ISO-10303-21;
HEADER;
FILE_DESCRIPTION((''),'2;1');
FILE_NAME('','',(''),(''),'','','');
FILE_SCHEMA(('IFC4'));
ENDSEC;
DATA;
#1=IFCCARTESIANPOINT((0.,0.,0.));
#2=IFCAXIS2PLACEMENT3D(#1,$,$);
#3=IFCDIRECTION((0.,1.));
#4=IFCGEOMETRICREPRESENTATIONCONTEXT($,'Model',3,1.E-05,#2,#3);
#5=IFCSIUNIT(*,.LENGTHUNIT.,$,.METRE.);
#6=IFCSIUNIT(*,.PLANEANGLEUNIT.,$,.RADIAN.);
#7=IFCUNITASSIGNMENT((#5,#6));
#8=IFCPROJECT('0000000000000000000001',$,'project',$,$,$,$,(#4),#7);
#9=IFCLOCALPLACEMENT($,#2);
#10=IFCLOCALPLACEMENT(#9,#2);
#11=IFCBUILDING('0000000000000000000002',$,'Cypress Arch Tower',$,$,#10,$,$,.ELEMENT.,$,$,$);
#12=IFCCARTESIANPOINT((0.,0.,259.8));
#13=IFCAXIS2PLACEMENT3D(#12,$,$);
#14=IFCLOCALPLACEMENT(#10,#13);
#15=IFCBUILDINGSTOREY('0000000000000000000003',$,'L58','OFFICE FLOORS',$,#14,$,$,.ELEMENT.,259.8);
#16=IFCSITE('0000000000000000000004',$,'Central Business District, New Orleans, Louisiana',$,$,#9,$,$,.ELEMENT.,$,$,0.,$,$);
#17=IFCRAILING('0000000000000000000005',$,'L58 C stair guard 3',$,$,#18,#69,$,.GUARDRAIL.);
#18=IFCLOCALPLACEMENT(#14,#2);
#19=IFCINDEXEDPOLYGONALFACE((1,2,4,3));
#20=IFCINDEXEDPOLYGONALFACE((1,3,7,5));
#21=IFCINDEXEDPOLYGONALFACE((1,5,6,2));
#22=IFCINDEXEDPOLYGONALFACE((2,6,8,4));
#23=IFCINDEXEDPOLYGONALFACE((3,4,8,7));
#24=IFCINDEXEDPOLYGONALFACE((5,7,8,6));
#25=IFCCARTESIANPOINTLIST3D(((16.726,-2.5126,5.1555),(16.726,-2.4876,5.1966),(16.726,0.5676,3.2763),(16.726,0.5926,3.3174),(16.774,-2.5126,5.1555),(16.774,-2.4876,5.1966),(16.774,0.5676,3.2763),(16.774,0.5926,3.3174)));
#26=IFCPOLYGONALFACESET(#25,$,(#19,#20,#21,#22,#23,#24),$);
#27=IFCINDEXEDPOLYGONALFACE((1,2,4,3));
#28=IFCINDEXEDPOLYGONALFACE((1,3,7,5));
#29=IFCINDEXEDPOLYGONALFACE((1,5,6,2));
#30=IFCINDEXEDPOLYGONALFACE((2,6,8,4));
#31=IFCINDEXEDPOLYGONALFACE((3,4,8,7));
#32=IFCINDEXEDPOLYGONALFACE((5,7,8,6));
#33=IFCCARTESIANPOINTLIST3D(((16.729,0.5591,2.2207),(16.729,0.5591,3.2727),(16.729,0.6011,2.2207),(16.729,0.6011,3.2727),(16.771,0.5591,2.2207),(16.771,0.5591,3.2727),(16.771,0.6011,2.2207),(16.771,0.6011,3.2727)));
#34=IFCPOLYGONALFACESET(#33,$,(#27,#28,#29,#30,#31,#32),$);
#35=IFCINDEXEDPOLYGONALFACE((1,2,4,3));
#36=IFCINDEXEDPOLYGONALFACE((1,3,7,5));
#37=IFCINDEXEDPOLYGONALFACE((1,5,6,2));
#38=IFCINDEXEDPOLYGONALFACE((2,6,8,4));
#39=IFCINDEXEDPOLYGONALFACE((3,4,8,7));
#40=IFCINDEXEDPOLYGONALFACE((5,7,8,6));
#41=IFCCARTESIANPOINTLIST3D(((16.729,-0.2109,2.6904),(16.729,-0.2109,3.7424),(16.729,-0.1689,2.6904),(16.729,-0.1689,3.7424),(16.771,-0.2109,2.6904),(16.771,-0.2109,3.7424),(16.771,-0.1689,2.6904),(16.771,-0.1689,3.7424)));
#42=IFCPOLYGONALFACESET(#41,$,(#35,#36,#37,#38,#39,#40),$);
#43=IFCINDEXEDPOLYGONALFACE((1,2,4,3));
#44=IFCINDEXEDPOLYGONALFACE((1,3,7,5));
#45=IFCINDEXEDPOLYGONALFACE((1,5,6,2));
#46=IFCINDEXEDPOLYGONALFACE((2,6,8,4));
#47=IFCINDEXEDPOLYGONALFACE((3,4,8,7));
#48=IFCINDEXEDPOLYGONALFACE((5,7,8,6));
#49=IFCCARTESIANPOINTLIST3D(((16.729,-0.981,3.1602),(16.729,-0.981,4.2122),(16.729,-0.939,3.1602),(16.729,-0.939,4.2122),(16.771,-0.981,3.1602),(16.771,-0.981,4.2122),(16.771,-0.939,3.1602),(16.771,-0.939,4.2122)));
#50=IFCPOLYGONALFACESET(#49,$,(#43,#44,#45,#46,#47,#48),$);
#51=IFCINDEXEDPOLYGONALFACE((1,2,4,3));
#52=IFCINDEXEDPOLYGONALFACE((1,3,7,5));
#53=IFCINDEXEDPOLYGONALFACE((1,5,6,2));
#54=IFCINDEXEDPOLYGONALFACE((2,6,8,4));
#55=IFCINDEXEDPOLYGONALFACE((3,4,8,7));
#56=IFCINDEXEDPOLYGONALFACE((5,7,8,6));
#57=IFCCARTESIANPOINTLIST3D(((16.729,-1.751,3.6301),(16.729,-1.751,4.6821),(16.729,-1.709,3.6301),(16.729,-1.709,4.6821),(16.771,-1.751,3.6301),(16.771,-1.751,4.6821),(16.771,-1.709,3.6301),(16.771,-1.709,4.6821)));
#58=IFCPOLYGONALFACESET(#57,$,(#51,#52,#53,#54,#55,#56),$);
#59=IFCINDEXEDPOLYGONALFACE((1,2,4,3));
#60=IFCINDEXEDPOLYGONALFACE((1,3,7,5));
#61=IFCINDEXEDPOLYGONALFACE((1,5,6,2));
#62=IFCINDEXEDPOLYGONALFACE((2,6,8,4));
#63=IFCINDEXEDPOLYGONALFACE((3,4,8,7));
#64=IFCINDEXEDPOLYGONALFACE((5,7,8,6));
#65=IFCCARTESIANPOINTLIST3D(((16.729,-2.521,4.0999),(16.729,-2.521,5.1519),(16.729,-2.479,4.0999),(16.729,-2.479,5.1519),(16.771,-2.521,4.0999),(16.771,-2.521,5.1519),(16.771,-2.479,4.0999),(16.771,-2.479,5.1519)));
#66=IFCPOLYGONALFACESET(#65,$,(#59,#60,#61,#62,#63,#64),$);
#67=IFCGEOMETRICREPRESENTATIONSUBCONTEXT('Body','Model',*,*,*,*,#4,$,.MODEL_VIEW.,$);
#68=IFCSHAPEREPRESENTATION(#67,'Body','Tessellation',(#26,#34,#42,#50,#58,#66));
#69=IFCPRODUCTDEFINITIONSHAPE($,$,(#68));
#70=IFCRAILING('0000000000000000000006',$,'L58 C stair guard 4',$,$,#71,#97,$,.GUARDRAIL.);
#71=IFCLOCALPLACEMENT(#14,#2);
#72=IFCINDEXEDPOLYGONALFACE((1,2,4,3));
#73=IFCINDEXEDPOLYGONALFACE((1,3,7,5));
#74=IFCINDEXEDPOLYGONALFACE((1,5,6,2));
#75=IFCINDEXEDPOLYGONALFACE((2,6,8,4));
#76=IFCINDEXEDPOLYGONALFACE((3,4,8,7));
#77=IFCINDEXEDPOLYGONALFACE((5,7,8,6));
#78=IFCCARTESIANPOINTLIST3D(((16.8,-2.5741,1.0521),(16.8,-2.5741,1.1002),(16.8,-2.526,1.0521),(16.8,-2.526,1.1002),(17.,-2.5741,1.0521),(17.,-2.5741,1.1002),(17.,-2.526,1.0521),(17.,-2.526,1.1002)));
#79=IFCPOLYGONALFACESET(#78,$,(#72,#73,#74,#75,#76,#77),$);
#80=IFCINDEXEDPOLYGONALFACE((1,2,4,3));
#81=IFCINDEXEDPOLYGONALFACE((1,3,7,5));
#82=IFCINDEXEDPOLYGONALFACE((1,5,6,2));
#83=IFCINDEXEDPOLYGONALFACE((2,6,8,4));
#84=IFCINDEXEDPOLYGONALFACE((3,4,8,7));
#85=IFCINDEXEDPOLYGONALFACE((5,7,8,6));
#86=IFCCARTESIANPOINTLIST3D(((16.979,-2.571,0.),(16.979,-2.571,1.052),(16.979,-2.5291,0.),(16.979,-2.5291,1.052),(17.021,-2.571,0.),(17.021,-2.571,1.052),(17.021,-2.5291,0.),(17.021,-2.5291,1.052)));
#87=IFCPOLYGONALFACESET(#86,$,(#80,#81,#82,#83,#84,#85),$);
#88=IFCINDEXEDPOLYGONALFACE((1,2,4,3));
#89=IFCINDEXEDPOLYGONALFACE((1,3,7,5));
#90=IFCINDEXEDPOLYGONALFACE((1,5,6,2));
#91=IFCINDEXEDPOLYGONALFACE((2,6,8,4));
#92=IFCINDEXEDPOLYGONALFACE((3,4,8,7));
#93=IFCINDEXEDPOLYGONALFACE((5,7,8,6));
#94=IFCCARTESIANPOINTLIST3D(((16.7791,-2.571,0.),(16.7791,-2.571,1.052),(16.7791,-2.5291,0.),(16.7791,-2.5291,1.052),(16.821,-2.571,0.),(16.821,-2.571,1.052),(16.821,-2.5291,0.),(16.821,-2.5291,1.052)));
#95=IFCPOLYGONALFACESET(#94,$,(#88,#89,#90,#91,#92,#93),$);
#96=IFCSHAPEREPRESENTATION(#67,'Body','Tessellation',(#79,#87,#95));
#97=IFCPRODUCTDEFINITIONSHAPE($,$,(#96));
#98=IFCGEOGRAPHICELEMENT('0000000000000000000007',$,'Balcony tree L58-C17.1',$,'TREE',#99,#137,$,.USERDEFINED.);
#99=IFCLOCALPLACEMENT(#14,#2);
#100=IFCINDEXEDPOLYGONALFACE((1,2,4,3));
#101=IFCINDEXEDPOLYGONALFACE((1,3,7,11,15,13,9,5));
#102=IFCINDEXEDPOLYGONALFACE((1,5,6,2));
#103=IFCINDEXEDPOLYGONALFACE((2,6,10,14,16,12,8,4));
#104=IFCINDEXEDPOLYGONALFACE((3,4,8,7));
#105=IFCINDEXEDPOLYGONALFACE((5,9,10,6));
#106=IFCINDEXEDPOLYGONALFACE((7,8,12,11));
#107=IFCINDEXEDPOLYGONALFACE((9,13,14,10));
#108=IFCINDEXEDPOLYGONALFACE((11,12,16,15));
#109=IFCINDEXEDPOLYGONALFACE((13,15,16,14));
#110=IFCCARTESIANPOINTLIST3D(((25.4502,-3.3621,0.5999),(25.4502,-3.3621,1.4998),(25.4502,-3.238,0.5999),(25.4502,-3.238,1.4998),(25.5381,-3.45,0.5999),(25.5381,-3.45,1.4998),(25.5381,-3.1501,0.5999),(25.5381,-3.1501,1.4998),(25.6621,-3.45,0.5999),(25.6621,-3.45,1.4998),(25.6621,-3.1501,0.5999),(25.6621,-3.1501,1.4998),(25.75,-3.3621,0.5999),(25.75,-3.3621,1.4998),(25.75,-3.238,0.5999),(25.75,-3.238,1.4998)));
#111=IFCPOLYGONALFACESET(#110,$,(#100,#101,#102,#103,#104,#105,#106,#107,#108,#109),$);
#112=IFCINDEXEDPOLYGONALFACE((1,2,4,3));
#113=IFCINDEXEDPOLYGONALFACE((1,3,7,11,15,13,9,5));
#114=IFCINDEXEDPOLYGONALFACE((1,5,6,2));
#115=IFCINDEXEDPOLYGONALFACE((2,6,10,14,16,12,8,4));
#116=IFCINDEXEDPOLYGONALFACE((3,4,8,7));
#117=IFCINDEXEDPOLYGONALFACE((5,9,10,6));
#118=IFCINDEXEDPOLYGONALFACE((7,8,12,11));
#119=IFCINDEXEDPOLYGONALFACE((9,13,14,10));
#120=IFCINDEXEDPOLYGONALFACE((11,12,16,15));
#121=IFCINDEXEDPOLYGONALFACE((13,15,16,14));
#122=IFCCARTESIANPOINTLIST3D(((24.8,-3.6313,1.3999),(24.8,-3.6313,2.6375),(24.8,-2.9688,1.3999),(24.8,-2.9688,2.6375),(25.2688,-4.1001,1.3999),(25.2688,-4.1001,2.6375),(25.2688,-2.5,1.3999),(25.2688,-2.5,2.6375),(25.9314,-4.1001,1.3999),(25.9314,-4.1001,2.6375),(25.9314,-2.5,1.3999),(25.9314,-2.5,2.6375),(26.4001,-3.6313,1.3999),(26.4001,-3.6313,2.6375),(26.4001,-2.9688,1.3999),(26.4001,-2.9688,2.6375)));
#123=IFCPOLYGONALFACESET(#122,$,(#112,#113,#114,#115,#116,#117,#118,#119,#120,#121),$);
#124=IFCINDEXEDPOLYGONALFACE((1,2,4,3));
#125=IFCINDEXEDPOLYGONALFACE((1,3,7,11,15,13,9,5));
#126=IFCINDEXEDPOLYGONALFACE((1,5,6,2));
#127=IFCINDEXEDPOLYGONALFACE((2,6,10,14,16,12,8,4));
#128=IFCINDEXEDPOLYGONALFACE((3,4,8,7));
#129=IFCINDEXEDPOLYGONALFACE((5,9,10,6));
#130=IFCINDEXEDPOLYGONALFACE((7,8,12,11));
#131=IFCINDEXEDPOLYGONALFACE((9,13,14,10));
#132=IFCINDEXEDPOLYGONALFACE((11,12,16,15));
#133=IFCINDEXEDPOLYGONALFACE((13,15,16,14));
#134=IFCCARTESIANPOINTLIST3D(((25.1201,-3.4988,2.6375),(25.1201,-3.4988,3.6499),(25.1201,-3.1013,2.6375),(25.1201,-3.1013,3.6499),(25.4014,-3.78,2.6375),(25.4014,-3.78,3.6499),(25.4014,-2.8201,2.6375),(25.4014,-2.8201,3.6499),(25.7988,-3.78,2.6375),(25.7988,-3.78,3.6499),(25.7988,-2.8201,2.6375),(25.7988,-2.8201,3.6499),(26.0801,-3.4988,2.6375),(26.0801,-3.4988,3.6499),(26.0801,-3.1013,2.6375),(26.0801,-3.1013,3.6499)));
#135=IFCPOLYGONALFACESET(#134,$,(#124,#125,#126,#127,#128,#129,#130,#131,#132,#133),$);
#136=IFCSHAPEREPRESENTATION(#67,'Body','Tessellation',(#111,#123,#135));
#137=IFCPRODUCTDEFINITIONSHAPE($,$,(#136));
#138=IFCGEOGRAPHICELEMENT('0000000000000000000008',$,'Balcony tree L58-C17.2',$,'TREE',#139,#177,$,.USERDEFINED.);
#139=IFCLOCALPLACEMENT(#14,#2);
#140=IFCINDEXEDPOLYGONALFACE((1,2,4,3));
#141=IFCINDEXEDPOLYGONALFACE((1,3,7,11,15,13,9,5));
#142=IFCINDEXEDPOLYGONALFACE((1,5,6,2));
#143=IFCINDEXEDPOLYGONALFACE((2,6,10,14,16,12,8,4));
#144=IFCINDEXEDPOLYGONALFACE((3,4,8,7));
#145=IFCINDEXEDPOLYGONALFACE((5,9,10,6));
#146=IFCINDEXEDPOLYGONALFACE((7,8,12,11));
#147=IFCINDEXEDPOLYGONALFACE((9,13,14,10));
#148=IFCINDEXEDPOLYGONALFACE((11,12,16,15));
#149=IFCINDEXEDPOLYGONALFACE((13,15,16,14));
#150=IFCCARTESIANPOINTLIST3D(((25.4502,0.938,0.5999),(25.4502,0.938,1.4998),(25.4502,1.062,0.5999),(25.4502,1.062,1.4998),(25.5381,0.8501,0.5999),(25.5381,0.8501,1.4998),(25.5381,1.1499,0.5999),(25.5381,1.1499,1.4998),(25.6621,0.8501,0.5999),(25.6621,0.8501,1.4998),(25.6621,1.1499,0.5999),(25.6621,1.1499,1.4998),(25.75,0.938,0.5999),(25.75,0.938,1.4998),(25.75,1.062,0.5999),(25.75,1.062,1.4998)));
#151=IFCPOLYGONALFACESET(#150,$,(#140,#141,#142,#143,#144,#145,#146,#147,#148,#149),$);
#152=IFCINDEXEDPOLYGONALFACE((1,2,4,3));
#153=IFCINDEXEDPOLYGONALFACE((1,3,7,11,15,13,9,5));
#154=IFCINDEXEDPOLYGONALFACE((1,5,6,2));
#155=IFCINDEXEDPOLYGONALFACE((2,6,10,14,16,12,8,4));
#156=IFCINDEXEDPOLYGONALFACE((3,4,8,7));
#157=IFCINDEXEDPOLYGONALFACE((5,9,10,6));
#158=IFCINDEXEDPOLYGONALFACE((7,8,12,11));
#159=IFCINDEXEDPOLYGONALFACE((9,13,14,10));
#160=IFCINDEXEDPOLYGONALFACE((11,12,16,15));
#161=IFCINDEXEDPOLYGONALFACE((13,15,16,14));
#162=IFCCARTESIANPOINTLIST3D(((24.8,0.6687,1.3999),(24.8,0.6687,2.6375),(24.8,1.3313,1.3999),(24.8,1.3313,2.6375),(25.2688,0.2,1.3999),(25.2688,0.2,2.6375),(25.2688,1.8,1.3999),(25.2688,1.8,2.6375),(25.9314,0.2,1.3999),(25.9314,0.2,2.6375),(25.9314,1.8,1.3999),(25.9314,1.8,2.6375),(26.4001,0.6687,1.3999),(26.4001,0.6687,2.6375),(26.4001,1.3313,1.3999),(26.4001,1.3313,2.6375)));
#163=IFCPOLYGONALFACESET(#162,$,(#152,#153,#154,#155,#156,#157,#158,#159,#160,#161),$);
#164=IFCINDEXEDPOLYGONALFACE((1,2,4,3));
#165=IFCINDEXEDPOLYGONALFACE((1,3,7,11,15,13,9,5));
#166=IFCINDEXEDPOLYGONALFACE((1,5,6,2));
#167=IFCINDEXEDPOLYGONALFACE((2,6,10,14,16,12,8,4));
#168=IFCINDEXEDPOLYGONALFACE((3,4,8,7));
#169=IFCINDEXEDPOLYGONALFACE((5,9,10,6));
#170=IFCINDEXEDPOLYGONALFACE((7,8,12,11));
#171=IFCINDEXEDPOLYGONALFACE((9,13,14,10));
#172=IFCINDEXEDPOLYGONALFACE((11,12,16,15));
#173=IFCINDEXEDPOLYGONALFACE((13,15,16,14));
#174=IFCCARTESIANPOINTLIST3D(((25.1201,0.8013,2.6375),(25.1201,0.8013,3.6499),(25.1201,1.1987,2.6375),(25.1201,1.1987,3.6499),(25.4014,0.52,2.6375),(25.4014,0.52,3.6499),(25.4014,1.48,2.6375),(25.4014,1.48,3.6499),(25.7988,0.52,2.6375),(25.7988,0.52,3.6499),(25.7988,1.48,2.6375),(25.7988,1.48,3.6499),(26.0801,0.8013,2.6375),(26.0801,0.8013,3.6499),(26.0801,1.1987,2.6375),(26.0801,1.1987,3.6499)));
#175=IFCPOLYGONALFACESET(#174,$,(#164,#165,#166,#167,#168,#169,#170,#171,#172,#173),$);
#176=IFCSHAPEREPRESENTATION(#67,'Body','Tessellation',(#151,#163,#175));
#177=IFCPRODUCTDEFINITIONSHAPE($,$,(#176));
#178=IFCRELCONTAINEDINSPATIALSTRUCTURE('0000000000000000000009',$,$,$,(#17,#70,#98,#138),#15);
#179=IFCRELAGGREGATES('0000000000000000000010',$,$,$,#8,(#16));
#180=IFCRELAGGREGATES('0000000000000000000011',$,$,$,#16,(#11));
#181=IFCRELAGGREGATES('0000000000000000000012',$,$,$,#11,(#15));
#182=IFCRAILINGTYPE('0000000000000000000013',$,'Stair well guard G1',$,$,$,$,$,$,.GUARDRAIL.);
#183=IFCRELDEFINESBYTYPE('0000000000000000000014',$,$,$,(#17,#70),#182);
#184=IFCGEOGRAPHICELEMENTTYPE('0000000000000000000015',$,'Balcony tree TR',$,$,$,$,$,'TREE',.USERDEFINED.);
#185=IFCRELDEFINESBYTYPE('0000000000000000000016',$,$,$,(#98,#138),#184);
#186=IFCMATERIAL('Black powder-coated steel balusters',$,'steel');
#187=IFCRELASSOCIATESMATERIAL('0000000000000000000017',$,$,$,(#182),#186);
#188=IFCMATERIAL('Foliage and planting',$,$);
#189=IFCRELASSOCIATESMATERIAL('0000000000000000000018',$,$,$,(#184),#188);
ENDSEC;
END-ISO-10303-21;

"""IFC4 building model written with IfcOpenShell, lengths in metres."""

from ifc_helpers import new_model, si_unit, direction, frame, origin, origin_2d, place, context, subcontext, project, spatial, polyline, rectangle, outline, extrude, material, type_object, element, save


model = new_model("IFC4")

# Units and contexts
model_context = context("Model", 3, precision=1e-05, world=origin(), true_north=direction((0.0, 1.0)))
body_context = subcontext(model_context, "Body", "Model", "MODEL_VIEW")
ifc_project = project(units=[si_unit("LENGTHUNIT", "METRE"), si_unit("PLANEANGLEUNIT", "RADIAN")], contexts=[model_context])

# Site, building, storey
site_placement = place(None, origin())
site = spatial("IfcSite", under=ifc_project, at=site_placement, Name="Central Business District, New Orleans, Louisiana", CompositionType="ELEMENT", RefElevation=0.0)
building_placement = place(site_placement, origin())
building = spatial("IfcBuilding", under=site, at=building_placement, Name="Cypress Arch Tower", CompositionType="ELEMENT")
storey_placement = place(building_placement, frame((0.0, 0.0, 259.8)))
storey = spatial("IfcBuildingStorey", under=building, at=storey_placement, Name="L58", Description="OFFICE FLOORS", CompositionType="ELEMENT", Elevation=259.8)

# Railings
ifc_material_1 = material(Name="Black powder-coated steel balusters", Category="steel")
railing_type_1 = type_object("IfcRailingType", Name="Stair well guard G1", PredefinedType="GUARDRAIL", material=ifc_material_1)
railing_1_placement = place(storey_placement, frame((16.75, 0.5801, 2.2207)))
element("IfcRailing", 1, at=railing_1_placement, inside=storey, type_object=railing_type_1, Name="L58 C stair guard 3", PredefinedType="GUARDRAIL", context=body_context, shape_type="SweptSolid", body=[
    extrude(rectangle(XDim=0.0481, YDim=0.0481, at=origin_2d()), frame((0.0, 0.0, 1.0762), z_axis=(0.0, -0.853666, 0.52082), x_axis=(1.0, 0.0, 0.0)), (0.0, 0.0, 1.0), 3.6082),
    extrude(rectangle(XDim=0.042, YDim=0.042, at=origin_2d()), origin(), (0.0, 0.0, 1.0), 1.052),
    extrude(rectangle(XDim=0.042, YDim=0.042, at=origin_2d()), frame((0.0, -0.77, 0.4697)), (0.0, 0.0, 1.0), 1.052),
    extrude(rectangle(XDim=0.042, YDim=0.042, at=origin_2d()), frame((0.0, -1.54, 0.9395)), (0.0, 0.0, 1.0), 1.052),
    extrude(rectangle(XDim=0.042, YDim=0.042, at=origin_2d()), frame((0.0, -2.3101, 1.4094)), (0.0, 0.0, 1.0), 1.052),
    extrude(rectangle(XDim=0.042, YDim=0.042, at=origin_2d()), frame((0.0, -3.0801, 1.8792)), (0.0, 0.0, 1.0), 1.052),
])
railing_2_placement = place(storey_placement, frame((17.0, -2.55, 0.0)))
element("IfcRailing", 2, at=railing_2_placement, inside=storey, type_object=railing_type_1, Name="L58 C stair guard 4", PredefinedType="GUARDRAIL", context=body_context, shape_type="SweptSolid", body=[
    extrude(rectangle(XDim=0.0481, YDim=0.0481, at=origin_2d()), frame((0.0, 0.0, 1.0762), z_axis=(-1.0, 0.0, 0.0), x_axis=(0.0, -1.0, 0.0)), (0.0, 0.0, 1.0), 0.2),
    extrude(rectangle(XDim=0.042, YDim=0.042, at=origin_2d()), origin(), (0.0, 0.0, 1.0), 1.052),
    extrude(rectangle(XDim=0.042, YDim=0.042, at=origin_2d()), frame((-0.2, 0.0, 0.0)), (0.0, 0.0, 1.0), 1.052),
])

# Geographic elements
ifc_material_2 = material(Name="Foliage and planting")
geographic_element_type = type_object("IfcGeographicElementType", Name="Balcony tree TR", ElementType="TREE", PredefinedType="USERDEFINED", material=ifc_material_2)
for number, where, z_axis, x_axis, name in (
    (3, (25.6001, -3.3, 0.5999), (0.0, 0.0, 1.0), (1.0, 0.0, 0.0), "Balcony tree L58-C17.1"),
    (4, (25.6001, 1.0, 0.5999), (0.0, 0.0, 1.0), (1.0, 0.0, 0.0), "Balcony tree L58-C17.2"),
):
    element("IfcGeographicElement", number, at=place(storey_placement, frame(where, z_axis=z_axis, x_axis=x_axis)), inside=storey, type_object=geographic_element_type, Name=name, ObjectType="TREE", PredefinedType="USERDEFINED", context=body_context, shape_type="SweptSolid", body=[
        extrude(outline(polyline([(0.1499, 0.062), (0.062, 0.1499), (-0.062, 0.1499), (-0.1499, 0.062), (-0.1499, -0.062), (-0.062, -0.1499), (0.062, -0.1499), (0.1499, -0.062), (0.1499, 0.062)])), origin(), (0.0, 0.0, 1.0), 0.8999),
        extrude(outline(polyline([(0.8, 0.3313), (0.3313, 0.8), (-0.3313, 0.8), (-0.8, 0.3313), (-0.8, -0.3313), (-0.3313, -0.8), (0.3313, -0.8), (0.8, -0.3313), (0.8, 0.3313)])), frame((0.0, 0.0, 0.8)), (0.0, 0.0, 1.0), 1.2375),
        extrude(outline(polyline([(0.48, 0.1987), (0.1987, 0.48), (-0.1987, 0.48), (-0.48, 0.1987), (-0.48, -0.1987), (-0.1987, -0.48), (0.1987, -0.48), (0.48, -0.1987), (0.48, 0.1987)])), frame((0.0, 0.0, 2.0376)), (0.0, 0.0, 1.0), 1.0125),
    ])

save(model, "model.ifc")
